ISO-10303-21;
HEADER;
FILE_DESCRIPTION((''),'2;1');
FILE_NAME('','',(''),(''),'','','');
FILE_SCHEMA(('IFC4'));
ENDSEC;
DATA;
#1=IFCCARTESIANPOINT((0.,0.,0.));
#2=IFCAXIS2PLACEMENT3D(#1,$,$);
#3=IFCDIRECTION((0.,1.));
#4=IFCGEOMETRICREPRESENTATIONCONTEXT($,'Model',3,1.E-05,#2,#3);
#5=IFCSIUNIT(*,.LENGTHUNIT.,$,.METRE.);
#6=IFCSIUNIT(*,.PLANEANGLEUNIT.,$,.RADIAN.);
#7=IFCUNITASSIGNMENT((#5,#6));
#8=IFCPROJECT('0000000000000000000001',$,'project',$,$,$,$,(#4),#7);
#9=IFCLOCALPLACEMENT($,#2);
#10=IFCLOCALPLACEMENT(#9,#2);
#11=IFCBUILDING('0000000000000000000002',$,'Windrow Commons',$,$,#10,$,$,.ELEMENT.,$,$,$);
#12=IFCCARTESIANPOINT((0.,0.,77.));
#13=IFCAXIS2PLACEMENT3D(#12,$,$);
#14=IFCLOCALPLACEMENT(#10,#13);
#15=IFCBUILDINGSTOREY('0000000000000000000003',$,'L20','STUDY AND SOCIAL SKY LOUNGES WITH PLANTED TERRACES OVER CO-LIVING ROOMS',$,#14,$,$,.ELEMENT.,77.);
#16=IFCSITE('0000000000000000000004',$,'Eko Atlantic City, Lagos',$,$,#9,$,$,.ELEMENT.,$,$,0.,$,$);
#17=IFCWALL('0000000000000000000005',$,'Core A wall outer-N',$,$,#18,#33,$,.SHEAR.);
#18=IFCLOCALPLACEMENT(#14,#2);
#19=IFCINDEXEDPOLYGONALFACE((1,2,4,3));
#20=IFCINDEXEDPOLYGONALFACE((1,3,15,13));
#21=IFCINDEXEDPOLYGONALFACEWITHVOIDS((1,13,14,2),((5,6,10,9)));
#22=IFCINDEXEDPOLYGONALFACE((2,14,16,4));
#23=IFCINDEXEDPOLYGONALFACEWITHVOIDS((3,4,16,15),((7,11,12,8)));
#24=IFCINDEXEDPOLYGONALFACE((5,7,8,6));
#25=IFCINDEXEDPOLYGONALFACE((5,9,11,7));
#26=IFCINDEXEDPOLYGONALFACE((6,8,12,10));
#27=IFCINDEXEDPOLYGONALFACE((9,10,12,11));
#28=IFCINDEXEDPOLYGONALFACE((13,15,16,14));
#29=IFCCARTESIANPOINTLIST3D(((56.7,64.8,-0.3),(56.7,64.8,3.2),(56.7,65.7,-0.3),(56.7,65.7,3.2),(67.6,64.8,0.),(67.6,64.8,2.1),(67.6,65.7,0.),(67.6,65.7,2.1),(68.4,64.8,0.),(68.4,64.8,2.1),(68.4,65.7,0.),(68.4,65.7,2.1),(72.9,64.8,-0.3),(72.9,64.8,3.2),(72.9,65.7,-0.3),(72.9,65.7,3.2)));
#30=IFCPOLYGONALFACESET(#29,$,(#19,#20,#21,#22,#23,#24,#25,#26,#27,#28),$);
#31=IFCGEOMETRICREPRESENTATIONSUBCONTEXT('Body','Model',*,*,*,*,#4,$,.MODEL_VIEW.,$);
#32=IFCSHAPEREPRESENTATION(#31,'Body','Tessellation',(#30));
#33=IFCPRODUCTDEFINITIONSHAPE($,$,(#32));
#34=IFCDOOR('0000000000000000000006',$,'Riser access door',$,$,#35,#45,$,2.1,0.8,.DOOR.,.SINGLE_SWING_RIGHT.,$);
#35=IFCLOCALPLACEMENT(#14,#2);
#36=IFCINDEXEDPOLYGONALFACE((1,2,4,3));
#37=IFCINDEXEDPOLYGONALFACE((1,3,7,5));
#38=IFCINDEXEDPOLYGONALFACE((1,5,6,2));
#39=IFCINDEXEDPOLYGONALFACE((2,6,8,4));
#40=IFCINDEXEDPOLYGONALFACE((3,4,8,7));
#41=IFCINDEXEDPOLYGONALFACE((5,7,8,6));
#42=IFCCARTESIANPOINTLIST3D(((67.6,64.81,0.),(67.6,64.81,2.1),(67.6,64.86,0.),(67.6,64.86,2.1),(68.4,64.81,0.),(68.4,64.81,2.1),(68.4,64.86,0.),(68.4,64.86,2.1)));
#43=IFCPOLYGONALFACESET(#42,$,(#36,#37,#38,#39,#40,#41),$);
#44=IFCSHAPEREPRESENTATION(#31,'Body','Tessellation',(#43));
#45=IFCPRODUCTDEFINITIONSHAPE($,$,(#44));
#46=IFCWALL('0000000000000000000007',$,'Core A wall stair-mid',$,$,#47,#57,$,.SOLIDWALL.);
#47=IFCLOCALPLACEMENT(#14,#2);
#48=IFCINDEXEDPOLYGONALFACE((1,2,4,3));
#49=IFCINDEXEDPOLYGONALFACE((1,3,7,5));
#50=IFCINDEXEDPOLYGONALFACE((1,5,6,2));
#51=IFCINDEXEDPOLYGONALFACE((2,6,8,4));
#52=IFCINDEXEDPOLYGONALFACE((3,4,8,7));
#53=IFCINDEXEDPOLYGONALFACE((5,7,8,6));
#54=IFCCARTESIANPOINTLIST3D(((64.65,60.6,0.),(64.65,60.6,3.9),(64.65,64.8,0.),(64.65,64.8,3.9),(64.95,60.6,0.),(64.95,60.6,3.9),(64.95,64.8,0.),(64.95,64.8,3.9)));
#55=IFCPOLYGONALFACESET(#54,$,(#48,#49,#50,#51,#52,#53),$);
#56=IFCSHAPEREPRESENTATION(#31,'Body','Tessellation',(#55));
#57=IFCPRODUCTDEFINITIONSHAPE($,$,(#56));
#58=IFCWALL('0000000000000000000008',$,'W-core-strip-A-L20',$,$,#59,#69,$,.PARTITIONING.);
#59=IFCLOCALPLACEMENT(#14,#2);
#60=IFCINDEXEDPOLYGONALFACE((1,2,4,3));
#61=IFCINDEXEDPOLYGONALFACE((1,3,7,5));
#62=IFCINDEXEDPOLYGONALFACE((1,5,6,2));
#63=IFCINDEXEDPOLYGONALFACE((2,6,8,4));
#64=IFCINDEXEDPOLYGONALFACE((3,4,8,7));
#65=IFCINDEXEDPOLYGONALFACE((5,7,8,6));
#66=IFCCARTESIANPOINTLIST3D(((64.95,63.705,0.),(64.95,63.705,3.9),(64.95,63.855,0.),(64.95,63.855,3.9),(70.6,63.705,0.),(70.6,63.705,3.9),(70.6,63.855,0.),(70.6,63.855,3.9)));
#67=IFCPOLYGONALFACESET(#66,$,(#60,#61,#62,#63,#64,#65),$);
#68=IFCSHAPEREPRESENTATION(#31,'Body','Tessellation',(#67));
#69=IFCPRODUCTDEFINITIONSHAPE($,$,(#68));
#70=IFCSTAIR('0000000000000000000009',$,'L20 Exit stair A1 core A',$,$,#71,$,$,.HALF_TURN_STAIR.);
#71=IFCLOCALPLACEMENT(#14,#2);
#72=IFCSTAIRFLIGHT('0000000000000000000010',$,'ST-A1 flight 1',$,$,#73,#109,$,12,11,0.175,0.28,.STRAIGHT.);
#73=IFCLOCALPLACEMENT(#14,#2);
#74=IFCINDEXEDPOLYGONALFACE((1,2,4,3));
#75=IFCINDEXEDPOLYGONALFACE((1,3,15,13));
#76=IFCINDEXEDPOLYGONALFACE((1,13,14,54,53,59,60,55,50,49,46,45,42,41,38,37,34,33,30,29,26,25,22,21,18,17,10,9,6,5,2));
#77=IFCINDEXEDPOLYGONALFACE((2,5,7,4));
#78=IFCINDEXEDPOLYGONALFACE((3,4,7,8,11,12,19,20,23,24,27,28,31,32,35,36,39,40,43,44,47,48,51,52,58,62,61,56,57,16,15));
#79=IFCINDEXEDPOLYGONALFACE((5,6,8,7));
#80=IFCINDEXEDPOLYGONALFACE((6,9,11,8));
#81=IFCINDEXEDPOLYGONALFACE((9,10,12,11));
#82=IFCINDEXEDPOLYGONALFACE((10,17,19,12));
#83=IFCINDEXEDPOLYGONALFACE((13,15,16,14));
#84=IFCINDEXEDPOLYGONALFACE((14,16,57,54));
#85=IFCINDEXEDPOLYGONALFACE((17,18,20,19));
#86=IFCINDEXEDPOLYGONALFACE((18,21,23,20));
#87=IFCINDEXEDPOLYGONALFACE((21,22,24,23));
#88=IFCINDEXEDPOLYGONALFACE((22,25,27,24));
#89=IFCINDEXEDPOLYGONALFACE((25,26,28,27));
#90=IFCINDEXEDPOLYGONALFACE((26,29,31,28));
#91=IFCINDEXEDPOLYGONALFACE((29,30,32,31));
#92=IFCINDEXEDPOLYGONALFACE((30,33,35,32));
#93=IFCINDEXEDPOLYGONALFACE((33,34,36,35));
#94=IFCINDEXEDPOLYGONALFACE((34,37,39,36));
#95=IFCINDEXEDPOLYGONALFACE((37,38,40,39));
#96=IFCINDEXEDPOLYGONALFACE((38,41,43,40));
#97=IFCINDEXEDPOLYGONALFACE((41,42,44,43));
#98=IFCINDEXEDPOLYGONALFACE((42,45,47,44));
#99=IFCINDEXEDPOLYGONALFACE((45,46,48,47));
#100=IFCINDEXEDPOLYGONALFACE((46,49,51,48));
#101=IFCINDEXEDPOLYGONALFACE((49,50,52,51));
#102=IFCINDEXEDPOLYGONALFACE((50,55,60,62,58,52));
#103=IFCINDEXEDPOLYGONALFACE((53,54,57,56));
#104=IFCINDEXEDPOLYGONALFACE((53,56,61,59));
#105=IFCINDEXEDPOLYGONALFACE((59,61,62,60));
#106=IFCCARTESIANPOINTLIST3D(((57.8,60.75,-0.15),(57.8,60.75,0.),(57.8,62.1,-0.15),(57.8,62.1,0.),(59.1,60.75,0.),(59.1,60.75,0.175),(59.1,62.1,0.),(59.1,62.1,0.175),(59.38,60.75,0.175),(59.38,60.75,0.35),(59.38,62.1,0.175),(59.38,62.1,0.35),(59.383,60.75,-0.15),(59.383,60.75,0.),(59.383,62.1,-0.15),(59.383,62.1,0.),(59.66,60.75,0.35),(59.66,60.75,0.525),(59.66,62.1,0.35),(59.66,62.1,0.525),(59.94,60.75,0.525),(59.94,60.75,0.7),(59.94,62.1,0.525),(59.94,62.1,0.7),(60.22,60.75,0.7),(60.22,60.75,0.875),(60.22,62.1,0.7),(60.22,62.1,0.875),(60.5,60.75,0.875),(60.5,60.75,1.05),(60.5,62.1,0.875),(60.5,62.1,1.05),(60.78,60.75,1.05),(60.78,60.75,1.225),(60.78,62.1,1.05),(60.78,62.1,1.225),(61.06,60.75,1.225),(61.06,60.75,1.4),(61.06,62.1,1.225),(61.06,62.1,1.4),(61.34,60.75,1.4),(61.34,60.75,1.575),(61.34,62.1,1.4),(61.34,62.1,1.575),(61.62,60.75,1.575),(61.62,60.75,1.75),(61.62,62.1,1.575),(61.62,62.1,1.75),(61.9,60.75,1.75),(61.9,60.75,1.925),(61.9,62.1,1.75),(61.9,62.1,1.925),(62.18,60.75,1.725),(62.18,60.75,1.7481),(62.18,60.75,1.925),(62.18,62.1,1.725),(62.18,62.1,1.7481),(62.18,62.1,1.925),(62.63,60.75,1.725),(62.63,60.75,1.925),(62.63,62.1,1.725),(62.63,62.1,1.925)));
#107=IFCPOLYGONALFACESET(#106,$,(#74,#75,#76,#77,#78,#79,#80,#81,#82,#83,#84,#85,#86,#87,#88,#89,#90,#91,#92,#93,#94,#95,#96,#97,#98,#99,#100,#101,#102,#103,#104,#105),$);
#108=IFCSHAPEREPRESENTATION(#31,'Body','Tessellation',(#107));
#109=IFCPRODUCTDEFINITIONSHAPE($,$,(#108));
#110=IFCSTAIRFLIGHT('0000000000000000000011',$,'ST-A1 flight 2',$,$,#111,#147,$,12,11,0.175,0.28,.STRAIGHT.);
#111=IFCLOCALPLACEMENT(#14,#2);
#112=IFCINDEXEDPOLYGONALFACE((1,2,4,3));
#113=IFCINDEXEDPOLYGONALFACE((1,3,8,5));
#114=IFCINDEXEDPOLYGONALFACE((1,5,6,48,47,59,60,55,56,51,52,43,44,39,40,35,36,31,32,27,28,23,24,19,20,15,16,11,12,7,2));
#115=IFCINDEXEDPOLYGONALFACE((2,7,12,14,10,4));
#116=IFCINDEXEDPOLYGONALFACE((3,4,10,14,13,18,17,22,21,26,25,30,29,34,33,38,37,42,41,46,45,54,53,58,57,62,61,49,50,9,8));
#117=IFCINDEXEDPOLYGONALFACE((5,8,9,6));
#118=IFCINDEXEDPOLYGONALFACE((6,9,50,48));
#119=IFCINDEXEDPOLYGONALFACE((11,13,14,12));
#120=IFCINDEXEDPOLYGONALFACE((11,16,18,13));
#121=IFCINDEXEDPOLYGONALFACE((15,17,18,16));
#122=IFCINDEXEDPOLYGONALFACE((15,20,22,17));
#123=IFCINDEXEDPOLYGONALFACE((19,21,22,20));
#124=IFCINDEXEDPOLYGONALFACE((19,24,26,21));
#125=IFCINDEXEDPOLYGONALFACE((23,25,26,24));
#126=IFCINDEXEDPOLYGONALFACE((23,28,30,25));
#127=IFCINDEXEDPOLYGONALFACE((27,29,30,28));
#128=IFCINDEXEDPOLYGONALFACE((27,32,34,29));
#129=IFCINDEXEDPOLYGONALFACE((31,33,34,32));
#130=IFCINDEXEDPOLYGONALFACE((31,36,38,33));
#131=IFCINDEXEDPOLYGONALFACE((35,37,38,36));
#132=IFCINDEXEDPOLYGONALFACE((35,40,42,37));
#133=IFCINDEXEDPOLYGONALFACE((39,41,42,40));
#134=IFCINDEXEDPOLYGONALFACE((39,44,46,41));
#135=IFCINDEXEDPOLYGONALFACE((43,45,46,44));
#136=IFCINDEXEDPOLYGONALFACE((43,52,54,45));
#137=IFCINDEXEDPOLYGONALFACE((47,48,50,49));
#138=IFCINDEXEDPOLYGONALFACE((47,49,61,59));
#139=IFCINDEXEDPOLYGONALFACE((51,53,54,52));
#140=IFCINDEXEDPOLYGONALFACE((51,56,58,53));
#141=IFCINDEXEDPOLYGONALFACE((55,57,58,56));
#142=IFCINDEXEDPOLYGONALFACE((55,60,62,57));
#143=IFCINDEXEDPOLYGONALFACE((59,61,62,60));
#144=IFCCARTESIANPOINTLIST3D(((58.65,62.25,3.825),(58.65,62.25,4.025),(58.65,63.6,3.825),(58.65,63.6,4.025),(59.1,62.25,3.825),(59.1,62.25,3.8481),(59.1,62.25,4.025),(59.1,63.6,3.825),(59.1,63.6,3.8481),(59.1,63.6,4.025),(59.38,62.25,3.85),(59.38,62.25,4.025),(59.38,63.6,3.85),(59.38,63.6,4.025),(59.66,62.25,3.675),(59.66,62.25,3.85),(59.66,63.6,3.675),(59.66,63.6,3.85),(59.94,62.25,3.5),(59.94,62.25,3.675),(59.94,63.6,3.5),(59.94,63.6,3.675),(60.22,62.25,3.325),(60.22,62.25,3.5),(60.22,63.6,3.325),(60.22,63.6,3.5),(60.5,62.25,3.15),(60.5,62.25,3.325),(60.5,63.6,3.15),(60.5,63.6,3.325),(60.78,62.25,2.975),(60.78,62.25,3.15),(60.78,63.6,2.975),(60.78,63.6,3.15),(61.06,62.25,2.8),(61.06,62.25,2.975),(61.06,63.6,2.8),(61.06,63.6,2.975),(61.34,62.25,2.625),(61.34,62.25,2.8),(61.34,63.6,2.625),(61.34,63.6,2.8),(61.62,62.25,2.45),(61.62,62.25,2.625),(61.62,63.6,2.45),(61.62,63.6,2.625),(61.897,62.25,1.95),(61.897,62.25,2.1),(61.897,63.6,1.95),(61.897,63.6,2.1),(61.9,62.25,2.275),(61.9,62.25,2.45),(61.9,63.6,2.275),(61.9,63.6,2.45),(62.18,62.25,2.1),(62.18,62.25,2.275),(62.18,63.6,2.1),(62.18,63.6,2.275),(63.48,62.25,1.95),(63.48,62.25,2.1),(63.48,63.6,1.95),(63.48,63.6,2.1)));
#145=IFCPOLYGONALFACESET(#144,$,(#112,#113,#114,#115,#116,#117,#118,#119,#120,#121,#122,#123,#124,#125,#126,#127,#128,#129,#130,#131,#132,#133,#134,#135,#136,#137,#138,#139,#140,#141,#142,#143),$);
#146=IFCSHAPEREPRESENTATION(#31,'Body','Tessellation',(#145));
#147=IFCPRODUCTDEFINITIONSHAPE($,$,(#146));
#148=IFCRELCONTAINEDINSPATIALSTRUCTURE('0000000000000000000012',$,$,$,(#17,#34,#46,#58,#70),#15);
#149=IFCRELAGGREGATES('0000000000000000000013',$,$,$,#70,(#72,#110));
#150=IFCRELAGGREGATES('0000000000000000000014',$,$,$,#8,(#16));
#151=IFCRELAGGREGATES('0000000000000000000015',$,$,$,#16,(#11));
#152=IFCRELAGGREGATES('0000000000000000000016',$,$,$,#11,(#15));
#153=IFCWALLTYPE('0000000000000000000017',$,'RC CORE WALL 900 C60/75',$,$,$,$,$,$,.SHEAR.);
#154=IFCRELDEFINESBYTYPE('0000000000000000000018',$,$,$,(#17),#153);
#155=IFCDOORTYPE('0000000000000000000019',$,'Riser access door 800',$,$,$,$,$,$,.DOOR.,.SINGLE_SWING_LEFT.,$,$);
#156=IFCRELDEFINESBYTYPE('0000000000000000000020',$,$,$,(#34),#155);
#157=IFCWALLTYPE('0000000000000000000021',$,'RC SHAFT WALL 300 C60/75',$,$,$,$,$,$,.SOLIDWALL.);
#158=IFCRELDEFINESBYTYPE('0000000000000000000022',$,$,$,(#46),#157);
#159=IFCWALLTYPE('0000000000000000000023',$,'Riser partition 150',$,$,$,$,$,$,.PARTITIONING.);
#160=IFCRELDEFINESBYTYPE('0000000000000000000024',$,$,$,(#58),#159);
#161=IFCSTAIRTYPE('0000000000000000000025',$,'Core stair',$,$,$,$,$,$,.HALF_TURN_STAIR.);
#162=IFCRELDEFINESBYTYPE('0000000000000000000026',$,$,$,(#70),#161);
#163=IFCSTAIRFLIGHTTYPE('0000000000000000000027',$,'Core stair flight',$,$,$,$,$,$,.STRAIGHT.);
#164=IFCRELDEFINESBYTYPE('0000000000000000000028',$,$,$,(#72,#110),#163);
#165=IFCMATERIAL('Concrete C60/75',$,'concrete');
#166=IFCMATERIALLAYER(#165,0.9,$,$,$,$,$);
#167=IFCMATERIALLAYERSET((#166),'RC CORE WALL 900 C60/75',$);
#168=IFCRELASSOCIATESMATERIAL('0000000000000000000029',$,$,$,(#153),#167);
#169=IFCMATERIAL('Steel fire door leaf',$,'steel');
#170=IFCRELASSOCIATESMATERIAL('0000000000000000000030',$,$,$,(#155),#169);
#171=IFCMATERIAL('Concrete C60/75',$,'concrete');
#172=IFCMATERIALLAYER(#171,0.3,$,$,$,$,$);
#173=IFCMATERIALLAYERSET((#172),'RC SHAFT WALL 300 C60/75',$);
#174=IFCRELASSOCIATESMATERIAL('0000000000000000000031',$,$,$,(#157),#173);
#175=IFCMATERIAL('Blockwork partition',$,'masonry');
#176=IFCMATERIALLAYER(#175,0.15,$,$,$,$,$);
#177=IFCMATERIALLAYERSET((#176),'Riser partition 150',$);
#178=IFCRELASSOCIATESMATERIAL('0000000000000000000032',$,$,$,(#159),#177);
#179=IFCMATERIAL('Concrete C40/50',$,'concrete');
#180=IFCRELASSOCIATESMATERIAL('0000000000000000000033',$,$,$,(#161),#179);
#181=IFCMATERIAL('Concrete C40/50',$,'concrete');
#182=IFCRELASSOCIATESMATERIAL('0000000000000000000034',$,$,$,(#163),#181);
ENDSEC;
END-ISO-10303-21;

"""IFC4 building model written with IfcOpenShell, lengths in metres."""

from ifc_helpers import new_model, si_unit, direction, frame, frame_2d, origin, place, context, subcontext, project, spatial, polyline, rectangle, outline, extrude, material, layer, layer_set, type_object, element, fill, aggregate, save


model = new_model("IFC4")

# Units and contexts
model_context = context("Model", 3, precision=1e-05, world=origin(), true_north=direction((0.0, 1.0)))
body_context = subcontext(model_context, "Body", "Model", "MODEL_VIEW")
ifc_project = project(units=[si_unit("LENGTHUNIT", "METRE"), si_unit("PLANEANGLEUNIT", "RADIAN")], contexts=[model_context])

# Site, building, storey
site_placement = place(None, origin())
site = spatial("IfcSite", under=ifc_project, at=site_placement, Name="Eko Atlantic City, Lagos", CompositionType="ELEMENT", RefElevation=0.0)
building_placement = place(site_placement, origin())
building = spatial("IfcBuilding", under=site, at=building_placement, Name="Windrow Commons", CompositionType="ELEMENT")
storey_placement = place(building_placement, frame((0.0, 0.0, 77.0)))
storey = spatial("IfcBuildingStorey", under=building, at=storey_placement, Name="L20", Description="STUDY AND SOCIAL SKY LOUNGES WITH PLANTED TERRACES OVER CO-LIVING ROOMS", CompositionType="ELEMENT", Elevation=77.0)

# Shared definitions
placement = place(storey_placement, origin())

# Wall, opening, door
ifc_material_1 = material(Name="Concrete C60/75", Category="concrete")
ifc_layer_1 = layer(ifc_material_1, 0.9)
ifc_layer_set_1 = layer_set([ifc_layer_1], Name="RC CORE WALL 900 C60/75")
wall_type_1 = type_object("IfcWallType", Name="RC CORE WALL 900 C60/75", PredefinedType="SHEAR", material=ifc_layer_set_1)
wall_1_placement = place(storey_placement, frame((56.7, 65.25, -0.3), z_axis=(0.0, 0.0, 1.0), x_axis=(1.0, 0.0, 0.0)))
wall_1 = element("IfcWall", 1, at=wall_1_placement, inside=storey, type_object=wall_type_1, Name="Core A wall outer-N", PredefinedType="SHEAR", context=body_context, shape_type="SweptSolid", body=[
    extrude(rectangle(XDim=16.2, YDim=0.9, at=frame_2d((8.1, 0.0))), origin(), (0.0, 0.0, 1.0), 3.5),
])
opening_1_placement = place(wall_1_placement, frame((10.9, 0.0, 0.3)))
opening_1 = element("IfcOpeningElement", 2, at=opening_1_placement, cuts=wall_1, PredefinedType="OPENING", context=body_context, shape_type="SweptSolid", body=[
    extrude(rectangle(XDim=0.8, YDim=2.1, at=frame_2d((0.4, 1.05))), frame((0.0, 0.46, 0.0), z_axis=(0.0, -1.0, 0.0), x_axis=(1.0, 0.0, 0.0)), (0.0, 0.0, 1.0), 0.92),
])
ifc_material_2 = material(Name="Steel fire door leaf", Category="steel")
door_type_1 = type_object("IfcDoorType", Name="Riser access door 800", OperationType="SINGLE_SWING_LEFT", PredefinedType="DOOR", material=ifc_material_2)
door_1_placement = place(opening_1_placement, origin())
door_1 = element("IfcDoor", 3, at=door_1_placement, inside=storey, type_object=door_type_1, Name="Riser access door", OperationType="SINGLE_SWING_RIGHT", OverallHeight=2.1, OverallWidth=0.8, PredefinedType="DOOR", context=body_context, shape_type="SweptSolid", body=[
    extrude(rectangle(XDim=0.8, YDim=2.1, at=frame_2d((0.4, 1.05))), frame((0.0, -0.39, 0.0), z_axis=(0.0, -1.0, 0.0), x_axis=(1.0, 0.0, 0.0)), (0.0, 0.0, 1.0), 0.05),
])
fill(opening_1, door_1)

# Walls
ifc_material_3 = material(Name="Concrete C60/75", Category="concrete")
ifc_layer_2 = layer(ifc_material_3, 0.3)
ifc_layer_set_2 = layer_set([ifc_layer_2], Name="RC SHAFT WALL 300 C60/75")
wall_type_2 = type_object("IfcWallType", Name="RC SHAFT WALL 300 C60/75", PredefinedType="SOLIDWALL", material=ifc_layer_set_2)
wall_2_placement = place(storey_placement, frame((64.8, 60.6, 0.0), z_axis=(0.0, 0.0, 1.0), x_axis=(0.0, 1.0, 0.0)))
element("IfcWall", 4, at=wall_2_placement, inside=storey, type_object=wall_type_2, Name="Core A wall stair-mid", PredefinedType="SOLIDWALL", context=body_context, shape_type="SweptSolid", body=[
    extrude(rectangle(XDim=4.2, YDim=0.3, at=frame_2d((2.1, 0.0))), origin(), (0.0, 0.0, 1.0), 3.9),
])
ifc_material_4 = material(Name="Blockwork partition", Category="masonry")
ifc_layer_3 = layer(ifc_material_4, 0.15)
ifc_layer_set_3 = layer_set([ifc_layer_3], Name="Riser partition 150")
wall_type_3 = type_object("IfcWallType", Name="Riser partition 150", PredefinedType="PARTITIONING", material=ifc_layer_set_3)
wall_3_placement = place(storey_placement, frame((64.95, 63.78, 0.0), z_axis=(0.0, 0.0, 1.0), x_axis=(1.0, 0.0, 0.0)))
element("IfcWall", 5, at=wall_3_placement, inside=storey, type_object=wall_type_3, Name="W-core-strip-A-L20", PredefinedType="PARTITIONING", context=body_context, shape_type="SweptSolid", body=[
    extrude(rectangle(XDim=5.65, YDim=0.15, at=frame_2d((2.825, 0.0))), origin(), (0.0, 0.0, 1.0), 3.9),
])

# Stair, stair flights
ifc_material_5 = material(Name="Concrete C40/50", Category="concrete")
stair_type = type_object("IfcStairType", Name="Core stair", PredefinedType="HALF_TURN_STAIR", material=ifc_material_5)
stair_1 = element("IfcStair", 6, at=placement, inside=storey, type_object=stair_type, Name="L20 Exit stair A1 core A", PredefinedType="HALF_TURN_STAIR")
ifc_material_6 = material(Name="Concrete C40/50", Category="concrete")
stair_flight_type = type_object("IfcStairFlightType", Name="Core stair flight", PredefinedType="STRAIGHT", material=ifc_material_6)
stair_flight_1_placement = place(storey_placement, frame((59.1, 61.425, 0.0), z_axis=(0.0, 0.0, 1.0), x_axis=(1.0, 0.0, 0.0)))
stair_flight_1 = element("IfcStairFlight", 7, at=stair_flight_1_placement, type_object=stair_flight_type, Name="ST-A1 flight 1", NumberOfRisers=12, NumberOfTreads=11, PredefinedType="STRAIGHT", RiserHeight=0.175, TreadLength=0.28, context=body_context, shape_type="SweptSolid", body=[
    extrude(outline(polyline([(-1.3, -0.15), (-1.3, 0.0), (0.0, 0.0), (0.0, 0.175), (0.28, 0.175), (0.28, 0.35), (0.56, 0.35), (0.56, 0.525), (0.84, 0.525), (0.84, 0.7), (1.12, 0.7), (1.12, 0.875), (1.4, 0.875), (1.4, 1.05), (1.68, 1.05), (1.68, 1.225), (1.96, 1.225), (1.96, 1.4), (2.24, 1.4), (2.24, 1.575), (2.52, 1.575), (2.52, 1.75), (2.8, 1.75), (2.8, 1.925), (3.08, 1.925), (3.53, 1.925), (3.53, 1.725), (3.08, 1.725), (3.08, 1.7481), (0.283, 0.0), (0.283, -0.15), (-1.3, -0.15)])), frame((0.0, 0.675, 0.0), z_axis=(0.0, -1.0, 0.0), x_axis=(1.0, 0.0, 0.0)), (0.0, 0.0, 1.0), 1.35),
])
stair_flight_2_placement = place(storey_placement, frame((62.18, 62.925, 2.1), z_axis=(0.0, 0.0, 1.0), x_axis=(-1.0, 0.0, 0.0)))
stair_flight_2 = element("IfcStairFlight", 8, at=stair_flight_2_placement, type_object=stair_flight_type, Name="ST-A1 flight 2", NumberOfRisers=12, NumberOfTreads=11, PredefinedType="STRAIGHT", RiserHeight=0.175, TreadLength=0.28, context=body_context, shape_type="SweptSolid", body=[
    extrude(outline(polyline([(-1.3, -0.15), (-1.3, 0.0), (0.0, 0.0), (0.0, 0.175), (0.28, 0.175), (0.28, 0.35), (0.56, 0.35), (0.56, 0.525), (0.84, 0.525), (0.84, 0.7), (1.12, 0.7), (1.12, 0.875), (1.4, 0.875), (1.4, 1.05), (1.68, 1.05), (1.68, 1.225), (1.96, 1.225), (1.96, 1.4), (2.24, 1.4), (2.24, 1.575), (2.52, 1.575), (2.52, 1.75), (2.8, 1.75), (2.8, 1.925), (3.08, 1.925), (3.53, 1.925), (3.53, 1.725), (3.08, 1.725), (3.08, 1.7481), (0.283, 0.0), (0.283, -0.15), (-1.3, -0.15)])), frame((0.0, 0.675, 0.0), z_axis=(0.0, -1.0, 0.0), x_axis=(1.0, 0.0, 0.0)), (0.0, 0.0, 1.0), 1.35),
])
aggregate(stair_1, [stair_flight_1, stair_flight_2])

save(model, "model.ifc")
